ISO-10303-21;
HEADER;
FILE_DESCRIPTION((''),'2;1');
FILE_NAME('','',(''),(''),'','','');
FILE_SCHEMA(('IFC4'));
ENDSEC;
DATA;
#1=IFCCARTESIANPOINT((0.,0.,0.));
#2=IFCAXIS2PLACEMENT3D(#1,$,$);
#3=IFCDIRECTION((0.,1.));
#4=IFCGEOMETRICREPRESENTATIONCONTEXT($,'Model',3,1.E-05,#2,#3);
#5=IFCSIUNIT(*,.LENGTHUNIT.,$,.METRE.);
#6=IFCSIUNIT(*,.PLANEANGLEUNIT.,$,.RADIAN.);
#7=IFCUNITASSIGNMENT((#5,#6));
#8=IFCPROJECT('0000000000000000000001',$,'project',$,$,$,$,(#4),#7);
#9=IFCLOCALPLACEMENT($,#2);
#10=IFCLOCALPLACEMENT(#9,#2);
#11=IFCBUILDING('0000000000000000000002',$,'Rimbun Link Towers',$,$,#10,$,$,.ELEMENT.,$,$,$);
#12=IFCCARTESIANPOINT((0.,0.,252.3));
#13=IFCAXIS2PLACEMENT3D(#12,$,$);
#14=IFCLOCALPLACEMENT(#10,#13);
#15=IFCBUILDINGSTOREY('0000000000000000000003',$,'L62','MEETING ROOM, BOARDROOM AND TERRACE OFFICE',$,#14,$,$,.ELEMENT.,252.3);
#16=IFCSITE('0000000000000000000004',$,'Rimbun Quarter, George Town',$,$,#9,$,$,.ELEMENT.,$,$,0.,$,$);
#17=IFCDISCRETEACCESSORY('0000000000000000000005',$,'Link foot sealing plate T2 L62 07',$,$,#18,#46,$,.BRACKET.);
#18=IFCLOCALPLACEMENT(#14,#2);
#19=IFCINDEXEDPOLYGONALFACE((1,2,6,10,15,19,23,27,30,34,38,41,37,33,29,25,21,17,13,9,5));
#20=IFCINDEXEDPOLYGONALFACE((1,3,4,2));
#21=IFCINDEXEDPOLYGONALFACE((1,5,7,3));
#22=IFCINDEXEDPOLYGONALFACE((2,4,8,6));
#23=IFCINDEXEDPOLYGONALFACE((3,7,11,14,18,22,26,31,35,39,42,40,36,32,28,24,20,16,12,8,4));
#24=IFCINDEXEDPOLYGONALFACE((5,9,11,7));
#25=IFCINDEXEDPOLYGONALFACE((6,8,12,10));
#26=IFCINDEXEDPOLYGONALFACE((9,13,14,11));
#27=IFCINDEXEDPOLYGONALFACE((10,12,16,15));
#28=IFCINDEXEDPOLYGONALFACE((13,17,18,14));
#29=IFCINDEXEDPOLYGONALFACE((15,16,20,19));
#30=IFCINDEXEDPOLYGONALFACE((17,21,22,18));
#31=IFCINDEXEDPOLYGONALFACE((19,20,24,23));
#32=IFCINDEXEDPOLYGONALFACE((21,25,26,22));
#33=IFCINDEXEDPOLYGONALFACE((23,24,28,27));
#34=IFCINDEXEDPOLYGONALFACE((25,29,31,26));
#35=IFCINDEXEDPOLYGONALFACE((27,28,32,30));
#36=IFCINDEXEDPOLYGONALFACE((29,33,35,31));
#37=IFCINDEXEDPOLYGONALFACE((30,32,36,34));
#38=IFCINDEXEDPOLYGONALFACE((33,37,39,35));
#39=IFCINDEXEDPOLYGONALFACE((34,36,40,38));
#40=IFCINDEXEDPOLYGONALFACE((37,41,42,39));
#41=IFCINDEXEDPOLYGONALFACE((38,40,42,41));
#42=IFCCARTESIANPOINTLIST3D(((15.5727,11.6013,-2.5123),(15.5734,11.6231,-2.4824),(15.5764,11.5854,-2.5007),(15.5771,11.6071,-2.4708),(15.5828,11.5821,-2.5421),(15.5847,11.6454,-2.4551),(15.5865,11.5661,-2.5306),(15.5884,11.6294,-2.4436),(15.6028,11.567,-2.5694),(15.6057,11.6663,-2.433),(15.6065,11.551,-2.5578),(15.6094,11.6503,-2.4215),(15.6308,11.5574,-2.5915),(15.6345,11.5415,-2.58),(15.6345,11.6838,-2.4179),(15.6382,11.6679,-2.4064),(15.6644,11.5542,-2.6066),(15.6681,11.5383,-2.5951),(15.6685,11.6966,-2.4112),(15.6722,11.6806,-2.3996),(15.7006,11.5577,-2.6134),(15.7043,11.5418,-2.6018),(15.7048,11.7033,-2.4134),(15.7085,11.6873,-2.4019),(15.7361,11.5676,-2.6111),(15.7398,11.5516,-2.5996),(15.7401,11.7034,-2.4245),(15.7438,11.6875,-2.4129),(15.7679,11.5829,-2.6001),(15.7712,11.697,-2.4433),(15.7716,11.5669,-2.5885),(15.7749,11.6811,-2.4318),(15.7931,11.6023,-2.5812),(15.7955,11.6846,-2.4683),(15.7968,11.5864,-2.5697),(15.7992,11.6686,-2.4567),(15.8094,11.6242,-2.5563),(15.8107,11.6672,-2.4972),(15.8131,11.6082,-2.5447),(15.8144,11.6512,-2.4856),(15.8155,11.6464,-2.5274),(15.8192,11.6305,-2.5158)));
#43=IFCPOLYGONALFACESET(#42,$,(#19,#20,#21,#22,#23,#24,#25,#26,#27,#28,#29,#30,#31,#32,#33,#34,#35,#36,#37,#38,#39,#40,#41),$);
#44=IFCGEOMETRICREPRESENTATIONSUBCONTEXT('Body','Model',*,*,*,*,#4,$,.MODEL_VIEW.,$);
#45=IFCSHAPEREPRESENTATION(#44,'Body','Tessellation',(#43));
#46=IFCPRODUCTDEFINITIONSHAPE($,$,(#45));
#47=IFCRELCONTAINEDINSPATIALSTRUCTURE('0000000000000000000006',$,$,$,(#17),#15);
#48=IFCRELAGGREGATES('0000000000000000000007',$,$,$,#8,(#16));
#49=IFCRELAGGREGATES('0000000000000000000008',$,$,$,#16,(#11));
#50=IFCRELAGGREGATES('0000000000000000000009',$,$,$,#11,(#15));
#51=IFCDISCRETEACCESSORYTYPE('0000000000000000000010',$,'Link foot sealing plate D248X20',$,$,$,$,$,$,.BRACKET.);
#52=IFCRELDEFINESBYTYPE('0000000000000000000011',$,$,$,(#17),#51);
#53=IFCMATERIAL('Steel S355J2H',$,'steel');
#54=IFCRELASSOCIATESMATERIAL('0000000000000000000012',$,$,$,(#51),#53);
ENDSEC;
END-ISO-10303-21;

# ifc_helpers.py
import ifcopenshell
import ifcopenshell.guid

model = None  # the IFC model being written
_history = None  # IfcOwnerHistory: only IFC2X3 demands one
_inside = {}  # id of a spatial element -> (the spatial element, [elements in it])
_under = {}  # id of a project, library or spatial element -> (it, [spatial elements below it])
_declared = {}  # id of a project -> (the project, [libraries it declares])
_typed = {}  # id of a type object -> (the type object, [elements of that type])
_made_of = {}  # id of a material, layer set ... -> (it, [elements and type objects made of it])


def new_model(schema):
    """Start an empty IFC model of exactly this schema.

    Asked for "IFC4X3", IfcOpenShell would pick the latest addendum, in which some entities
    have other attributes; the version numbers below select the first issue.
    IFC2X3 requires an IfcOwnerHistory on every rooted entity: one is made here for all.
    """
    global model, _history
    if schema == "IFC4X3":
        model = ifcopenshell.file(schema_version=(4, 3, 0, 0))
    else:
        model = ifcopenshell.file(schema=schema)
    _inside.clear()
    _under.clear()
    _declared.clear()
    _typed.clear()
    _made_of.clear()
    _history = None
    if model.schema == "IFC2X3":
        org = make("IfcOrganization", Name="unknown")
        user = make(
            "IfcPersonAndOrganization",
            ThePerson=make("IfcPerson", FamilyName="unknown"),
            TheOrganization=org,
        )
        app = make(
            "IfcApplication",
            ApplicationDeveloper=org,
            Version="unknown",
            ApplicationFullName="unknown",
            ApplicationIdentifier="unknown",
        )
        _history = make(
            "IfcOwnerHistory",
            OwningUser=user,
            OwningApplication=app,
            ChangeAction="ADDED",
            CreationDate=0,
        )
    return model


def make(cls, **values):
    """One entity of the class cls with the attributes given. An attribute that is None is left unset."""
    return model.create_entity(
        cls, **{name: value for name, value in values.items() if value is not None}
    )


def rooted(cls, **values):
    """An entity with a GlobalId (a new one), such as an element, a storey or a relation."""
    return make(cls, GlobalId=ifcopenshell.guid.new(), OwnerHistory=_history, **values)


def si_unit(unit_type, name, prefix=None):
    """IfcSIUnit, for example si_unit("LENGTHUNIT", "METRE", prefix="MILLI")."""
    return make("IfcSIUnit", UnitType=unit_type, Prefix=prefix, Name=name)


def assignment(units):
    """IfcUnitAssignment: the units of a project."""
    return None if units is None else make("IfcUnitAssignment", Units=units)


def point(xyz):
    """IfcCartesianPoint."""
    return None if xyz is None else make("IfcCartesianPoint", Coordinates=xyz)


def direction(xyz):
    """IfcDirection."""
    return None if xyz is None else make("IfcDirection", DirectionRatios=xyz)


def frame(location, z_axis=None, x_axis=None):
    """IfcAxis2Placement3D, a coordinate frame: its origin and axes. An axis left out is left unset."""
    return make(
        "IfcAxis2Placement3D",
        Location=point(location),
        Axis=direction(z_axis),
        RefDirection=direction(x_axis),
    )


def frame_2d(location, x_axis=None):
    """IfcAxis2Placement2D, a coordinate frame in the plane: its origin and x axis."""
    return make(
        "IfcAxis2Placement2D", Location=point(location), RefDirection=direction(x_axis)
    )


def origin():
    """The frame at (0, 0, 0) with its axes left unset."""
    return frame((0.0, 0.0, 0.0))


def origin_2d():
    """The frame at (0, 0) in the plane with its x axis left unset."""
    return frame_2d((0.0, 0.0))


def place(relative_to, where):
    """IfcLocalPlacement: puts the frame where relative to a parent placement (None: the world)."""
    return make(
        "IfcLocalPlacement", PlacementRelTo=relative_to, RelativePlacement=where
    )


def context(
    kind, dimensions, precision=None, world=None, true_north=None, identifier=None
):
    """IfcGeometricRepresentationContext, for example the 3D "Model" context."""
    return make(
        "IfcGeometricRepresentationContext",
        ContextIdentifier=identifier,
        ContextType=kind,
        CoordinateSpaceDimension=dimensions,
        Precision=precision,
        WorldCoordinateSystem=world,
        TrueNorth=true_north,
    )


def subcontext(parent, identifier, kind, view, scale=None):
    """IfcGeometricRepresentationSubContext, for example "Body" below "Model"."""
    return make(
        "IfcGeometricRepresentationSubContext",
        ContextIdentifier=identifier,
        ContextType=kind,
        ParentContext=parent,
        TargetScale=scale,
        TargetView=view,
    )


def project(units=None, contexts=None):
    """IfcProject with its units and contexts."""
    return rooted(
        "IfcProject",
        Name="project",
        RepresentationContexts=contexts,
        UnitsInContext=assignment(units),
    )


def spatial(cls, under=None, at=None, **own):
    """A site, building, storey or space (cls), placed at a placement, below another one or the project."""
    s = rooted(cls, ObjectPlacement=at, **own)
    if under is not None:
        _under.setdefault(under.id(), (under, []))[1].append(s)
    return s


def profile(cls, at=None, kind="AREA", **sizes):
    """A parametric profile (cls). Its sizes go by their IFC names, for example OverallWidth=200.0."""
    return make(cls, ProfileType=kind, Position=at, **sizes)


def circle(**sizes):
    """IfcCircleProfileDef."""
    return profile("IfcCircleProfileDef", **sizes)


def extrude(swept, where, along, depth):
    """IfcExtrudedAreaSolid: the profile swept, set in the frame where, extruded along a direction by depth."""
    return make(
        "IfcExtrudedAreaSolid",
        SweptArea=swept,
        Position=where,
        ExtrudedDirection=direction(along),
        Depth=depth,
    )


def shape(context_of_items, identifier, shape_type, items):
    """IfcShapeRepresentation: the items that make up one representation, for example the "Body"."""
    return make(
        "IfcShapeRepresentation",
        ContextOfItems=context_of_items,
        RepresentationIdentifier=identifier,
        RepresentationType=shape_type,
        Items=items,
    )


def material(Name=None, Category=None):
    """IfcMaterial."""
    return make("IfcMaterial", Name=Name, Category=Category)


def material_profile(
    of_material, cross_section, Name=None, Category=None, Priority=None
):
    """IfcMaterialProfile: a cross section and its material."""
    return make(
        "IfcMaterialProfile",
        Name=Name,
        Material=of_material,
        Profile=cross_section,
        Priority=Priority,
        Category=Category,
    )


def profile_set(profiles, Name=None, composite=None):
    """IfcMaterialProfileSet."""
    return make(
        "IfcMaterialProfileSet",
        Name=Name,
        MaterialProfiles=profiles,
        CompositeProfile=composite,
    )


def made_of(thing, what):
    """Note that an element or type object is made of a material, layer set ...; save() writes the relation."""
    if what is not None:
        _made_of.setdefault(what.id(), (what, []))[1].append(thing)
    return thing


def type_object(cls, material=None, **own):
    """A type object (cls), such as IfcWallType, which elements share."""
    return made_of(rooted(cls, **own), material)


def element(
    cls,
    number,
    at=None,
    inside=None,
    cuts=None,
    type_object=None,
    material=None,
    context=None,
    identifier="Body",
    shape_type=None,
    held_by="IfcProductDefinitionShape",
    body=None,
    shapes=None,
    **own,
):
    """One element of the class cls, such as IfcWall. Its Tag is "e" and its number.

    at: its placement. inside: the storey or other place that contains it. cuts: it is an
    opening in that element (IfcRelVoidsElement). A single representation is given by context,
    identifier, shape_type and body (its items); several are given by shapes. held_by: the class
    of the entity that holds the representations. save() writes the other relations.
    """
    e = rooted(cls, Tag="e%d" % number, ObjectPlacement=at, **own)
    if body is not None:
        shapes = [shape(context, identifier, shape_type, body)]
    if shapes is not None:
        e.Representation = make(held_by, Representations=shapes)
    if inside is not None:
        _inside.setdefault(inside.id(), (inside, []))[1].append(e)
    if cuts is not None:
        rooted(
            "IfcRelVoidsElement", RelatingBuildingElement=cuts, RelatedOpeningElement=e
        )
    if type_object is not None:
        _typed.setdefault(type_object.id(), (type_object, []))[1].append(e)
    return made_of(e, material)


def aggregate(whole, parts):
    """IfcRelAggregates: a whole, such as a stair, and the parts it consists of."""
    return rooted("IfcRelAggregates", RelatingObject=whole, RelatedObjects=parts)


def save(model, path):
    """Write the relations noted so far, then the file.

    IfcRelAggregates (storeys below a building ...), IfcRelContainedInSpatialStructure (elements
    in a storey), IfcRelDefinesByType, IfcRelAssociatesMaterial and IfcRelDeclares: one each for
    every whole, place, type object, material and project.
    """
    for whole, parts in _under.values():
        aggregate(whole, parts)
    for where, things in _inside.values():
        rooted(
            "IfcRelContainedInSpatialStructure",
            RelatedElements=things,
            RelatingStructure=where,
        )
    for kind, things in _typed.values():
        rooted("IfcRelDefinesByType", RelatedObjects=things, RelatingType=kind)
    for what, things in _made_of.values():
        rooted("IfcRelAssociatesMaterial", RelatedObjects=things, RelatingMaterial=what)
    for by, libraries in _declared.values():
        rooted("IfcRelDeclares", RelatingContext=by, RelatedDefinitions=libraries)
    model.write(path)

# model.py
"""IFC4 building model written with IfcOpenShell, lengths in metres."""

from ifc_helpers import new_model, si_unit, direction, frame, origin, origin_2d, place, context, subcontext, project, spatial, circle, extrude, material, material_profile, profile_set, type_object, element, save


model = new_model("IFC4")

# Units and contexts
model_context = context("Model", 3, precision=1e-05, world=origin(), true_north=direction((0.0, 1.0)))
body_context = subcontext(model_context, "Body", "Model", "MODEL_VIEW")
ifc_project = project(units=[si_unit("LENGTHUNIT", "METRE"), si_unit("PLANEANGLEUNIT", "RADIAN")], contexts=[model_context])

# Site, building, storey
site_placement = place(None, origin())
site = spatial("IfcSite", under=ifc_project, at=site_placement, Name="Rimbun Quarter, George Town", CompositionType="ELEMENT", RefElevation=0.0)
building_placement = place(site_placement, origin())
building = spatial("IfcBuilding", under=site, at=building_placement, Name="Rimbun Link Towers", CompositionType="ELEMENT")
storey_placement = place(building_placement, frame((0.0, 0.0, 252.3)))
storey = spatial("IfcBuildingStorey", under=building, at=storey_placement, Name="L62", Description="MEETING ROOM, BOARDROOM AND TERRACE OFFICE", CompositionType="ELEMENT", Elevation=252.3)

# Discrete accessory
ifc_material_1 = material(Name="Steel S355J2H", Category="steel")
ifc_material_profile_1 = material_profile(ifc_material_1, circle(Radius=0.124, at=origin_2d()), Name="PL D248")
ifc_profile_set_1 = profile_set([ifc_material_profile_1], Name="Steel S355J2H")
discrete_accessory_type = type_object("IfcDiscreteAccessoryType", Name="Link foot sealing plate D248X20", PredefinedType="BRACKET", material=ifc_profile_set_1)
for number, where, z_axis, x_axis, name in (
    (1, (15.6973, 11.6133, -2.5007), (-0.183817, 0.796542, -0.575961), (-0.974391, -0.22486, 0.0), "Link foot sealing plate T2 L62 07"),
):
    element("IfcDiscreteAccessory", number, at=place(storey_placement, frame(where, z_axis=z_axis, x_axis=x_axis)), inside=storey, type_object=discrete_accessory_type, Name=name, PredefinedType="BRACKET", context=body_context, shape_type="SweptSolid", body=[
        extrude(circle(Radius=0.124, at=origin_2d()), origin(), (0.0, 0.0, 1.0), 0.02),
    ])

save(model, "model.ifc")
